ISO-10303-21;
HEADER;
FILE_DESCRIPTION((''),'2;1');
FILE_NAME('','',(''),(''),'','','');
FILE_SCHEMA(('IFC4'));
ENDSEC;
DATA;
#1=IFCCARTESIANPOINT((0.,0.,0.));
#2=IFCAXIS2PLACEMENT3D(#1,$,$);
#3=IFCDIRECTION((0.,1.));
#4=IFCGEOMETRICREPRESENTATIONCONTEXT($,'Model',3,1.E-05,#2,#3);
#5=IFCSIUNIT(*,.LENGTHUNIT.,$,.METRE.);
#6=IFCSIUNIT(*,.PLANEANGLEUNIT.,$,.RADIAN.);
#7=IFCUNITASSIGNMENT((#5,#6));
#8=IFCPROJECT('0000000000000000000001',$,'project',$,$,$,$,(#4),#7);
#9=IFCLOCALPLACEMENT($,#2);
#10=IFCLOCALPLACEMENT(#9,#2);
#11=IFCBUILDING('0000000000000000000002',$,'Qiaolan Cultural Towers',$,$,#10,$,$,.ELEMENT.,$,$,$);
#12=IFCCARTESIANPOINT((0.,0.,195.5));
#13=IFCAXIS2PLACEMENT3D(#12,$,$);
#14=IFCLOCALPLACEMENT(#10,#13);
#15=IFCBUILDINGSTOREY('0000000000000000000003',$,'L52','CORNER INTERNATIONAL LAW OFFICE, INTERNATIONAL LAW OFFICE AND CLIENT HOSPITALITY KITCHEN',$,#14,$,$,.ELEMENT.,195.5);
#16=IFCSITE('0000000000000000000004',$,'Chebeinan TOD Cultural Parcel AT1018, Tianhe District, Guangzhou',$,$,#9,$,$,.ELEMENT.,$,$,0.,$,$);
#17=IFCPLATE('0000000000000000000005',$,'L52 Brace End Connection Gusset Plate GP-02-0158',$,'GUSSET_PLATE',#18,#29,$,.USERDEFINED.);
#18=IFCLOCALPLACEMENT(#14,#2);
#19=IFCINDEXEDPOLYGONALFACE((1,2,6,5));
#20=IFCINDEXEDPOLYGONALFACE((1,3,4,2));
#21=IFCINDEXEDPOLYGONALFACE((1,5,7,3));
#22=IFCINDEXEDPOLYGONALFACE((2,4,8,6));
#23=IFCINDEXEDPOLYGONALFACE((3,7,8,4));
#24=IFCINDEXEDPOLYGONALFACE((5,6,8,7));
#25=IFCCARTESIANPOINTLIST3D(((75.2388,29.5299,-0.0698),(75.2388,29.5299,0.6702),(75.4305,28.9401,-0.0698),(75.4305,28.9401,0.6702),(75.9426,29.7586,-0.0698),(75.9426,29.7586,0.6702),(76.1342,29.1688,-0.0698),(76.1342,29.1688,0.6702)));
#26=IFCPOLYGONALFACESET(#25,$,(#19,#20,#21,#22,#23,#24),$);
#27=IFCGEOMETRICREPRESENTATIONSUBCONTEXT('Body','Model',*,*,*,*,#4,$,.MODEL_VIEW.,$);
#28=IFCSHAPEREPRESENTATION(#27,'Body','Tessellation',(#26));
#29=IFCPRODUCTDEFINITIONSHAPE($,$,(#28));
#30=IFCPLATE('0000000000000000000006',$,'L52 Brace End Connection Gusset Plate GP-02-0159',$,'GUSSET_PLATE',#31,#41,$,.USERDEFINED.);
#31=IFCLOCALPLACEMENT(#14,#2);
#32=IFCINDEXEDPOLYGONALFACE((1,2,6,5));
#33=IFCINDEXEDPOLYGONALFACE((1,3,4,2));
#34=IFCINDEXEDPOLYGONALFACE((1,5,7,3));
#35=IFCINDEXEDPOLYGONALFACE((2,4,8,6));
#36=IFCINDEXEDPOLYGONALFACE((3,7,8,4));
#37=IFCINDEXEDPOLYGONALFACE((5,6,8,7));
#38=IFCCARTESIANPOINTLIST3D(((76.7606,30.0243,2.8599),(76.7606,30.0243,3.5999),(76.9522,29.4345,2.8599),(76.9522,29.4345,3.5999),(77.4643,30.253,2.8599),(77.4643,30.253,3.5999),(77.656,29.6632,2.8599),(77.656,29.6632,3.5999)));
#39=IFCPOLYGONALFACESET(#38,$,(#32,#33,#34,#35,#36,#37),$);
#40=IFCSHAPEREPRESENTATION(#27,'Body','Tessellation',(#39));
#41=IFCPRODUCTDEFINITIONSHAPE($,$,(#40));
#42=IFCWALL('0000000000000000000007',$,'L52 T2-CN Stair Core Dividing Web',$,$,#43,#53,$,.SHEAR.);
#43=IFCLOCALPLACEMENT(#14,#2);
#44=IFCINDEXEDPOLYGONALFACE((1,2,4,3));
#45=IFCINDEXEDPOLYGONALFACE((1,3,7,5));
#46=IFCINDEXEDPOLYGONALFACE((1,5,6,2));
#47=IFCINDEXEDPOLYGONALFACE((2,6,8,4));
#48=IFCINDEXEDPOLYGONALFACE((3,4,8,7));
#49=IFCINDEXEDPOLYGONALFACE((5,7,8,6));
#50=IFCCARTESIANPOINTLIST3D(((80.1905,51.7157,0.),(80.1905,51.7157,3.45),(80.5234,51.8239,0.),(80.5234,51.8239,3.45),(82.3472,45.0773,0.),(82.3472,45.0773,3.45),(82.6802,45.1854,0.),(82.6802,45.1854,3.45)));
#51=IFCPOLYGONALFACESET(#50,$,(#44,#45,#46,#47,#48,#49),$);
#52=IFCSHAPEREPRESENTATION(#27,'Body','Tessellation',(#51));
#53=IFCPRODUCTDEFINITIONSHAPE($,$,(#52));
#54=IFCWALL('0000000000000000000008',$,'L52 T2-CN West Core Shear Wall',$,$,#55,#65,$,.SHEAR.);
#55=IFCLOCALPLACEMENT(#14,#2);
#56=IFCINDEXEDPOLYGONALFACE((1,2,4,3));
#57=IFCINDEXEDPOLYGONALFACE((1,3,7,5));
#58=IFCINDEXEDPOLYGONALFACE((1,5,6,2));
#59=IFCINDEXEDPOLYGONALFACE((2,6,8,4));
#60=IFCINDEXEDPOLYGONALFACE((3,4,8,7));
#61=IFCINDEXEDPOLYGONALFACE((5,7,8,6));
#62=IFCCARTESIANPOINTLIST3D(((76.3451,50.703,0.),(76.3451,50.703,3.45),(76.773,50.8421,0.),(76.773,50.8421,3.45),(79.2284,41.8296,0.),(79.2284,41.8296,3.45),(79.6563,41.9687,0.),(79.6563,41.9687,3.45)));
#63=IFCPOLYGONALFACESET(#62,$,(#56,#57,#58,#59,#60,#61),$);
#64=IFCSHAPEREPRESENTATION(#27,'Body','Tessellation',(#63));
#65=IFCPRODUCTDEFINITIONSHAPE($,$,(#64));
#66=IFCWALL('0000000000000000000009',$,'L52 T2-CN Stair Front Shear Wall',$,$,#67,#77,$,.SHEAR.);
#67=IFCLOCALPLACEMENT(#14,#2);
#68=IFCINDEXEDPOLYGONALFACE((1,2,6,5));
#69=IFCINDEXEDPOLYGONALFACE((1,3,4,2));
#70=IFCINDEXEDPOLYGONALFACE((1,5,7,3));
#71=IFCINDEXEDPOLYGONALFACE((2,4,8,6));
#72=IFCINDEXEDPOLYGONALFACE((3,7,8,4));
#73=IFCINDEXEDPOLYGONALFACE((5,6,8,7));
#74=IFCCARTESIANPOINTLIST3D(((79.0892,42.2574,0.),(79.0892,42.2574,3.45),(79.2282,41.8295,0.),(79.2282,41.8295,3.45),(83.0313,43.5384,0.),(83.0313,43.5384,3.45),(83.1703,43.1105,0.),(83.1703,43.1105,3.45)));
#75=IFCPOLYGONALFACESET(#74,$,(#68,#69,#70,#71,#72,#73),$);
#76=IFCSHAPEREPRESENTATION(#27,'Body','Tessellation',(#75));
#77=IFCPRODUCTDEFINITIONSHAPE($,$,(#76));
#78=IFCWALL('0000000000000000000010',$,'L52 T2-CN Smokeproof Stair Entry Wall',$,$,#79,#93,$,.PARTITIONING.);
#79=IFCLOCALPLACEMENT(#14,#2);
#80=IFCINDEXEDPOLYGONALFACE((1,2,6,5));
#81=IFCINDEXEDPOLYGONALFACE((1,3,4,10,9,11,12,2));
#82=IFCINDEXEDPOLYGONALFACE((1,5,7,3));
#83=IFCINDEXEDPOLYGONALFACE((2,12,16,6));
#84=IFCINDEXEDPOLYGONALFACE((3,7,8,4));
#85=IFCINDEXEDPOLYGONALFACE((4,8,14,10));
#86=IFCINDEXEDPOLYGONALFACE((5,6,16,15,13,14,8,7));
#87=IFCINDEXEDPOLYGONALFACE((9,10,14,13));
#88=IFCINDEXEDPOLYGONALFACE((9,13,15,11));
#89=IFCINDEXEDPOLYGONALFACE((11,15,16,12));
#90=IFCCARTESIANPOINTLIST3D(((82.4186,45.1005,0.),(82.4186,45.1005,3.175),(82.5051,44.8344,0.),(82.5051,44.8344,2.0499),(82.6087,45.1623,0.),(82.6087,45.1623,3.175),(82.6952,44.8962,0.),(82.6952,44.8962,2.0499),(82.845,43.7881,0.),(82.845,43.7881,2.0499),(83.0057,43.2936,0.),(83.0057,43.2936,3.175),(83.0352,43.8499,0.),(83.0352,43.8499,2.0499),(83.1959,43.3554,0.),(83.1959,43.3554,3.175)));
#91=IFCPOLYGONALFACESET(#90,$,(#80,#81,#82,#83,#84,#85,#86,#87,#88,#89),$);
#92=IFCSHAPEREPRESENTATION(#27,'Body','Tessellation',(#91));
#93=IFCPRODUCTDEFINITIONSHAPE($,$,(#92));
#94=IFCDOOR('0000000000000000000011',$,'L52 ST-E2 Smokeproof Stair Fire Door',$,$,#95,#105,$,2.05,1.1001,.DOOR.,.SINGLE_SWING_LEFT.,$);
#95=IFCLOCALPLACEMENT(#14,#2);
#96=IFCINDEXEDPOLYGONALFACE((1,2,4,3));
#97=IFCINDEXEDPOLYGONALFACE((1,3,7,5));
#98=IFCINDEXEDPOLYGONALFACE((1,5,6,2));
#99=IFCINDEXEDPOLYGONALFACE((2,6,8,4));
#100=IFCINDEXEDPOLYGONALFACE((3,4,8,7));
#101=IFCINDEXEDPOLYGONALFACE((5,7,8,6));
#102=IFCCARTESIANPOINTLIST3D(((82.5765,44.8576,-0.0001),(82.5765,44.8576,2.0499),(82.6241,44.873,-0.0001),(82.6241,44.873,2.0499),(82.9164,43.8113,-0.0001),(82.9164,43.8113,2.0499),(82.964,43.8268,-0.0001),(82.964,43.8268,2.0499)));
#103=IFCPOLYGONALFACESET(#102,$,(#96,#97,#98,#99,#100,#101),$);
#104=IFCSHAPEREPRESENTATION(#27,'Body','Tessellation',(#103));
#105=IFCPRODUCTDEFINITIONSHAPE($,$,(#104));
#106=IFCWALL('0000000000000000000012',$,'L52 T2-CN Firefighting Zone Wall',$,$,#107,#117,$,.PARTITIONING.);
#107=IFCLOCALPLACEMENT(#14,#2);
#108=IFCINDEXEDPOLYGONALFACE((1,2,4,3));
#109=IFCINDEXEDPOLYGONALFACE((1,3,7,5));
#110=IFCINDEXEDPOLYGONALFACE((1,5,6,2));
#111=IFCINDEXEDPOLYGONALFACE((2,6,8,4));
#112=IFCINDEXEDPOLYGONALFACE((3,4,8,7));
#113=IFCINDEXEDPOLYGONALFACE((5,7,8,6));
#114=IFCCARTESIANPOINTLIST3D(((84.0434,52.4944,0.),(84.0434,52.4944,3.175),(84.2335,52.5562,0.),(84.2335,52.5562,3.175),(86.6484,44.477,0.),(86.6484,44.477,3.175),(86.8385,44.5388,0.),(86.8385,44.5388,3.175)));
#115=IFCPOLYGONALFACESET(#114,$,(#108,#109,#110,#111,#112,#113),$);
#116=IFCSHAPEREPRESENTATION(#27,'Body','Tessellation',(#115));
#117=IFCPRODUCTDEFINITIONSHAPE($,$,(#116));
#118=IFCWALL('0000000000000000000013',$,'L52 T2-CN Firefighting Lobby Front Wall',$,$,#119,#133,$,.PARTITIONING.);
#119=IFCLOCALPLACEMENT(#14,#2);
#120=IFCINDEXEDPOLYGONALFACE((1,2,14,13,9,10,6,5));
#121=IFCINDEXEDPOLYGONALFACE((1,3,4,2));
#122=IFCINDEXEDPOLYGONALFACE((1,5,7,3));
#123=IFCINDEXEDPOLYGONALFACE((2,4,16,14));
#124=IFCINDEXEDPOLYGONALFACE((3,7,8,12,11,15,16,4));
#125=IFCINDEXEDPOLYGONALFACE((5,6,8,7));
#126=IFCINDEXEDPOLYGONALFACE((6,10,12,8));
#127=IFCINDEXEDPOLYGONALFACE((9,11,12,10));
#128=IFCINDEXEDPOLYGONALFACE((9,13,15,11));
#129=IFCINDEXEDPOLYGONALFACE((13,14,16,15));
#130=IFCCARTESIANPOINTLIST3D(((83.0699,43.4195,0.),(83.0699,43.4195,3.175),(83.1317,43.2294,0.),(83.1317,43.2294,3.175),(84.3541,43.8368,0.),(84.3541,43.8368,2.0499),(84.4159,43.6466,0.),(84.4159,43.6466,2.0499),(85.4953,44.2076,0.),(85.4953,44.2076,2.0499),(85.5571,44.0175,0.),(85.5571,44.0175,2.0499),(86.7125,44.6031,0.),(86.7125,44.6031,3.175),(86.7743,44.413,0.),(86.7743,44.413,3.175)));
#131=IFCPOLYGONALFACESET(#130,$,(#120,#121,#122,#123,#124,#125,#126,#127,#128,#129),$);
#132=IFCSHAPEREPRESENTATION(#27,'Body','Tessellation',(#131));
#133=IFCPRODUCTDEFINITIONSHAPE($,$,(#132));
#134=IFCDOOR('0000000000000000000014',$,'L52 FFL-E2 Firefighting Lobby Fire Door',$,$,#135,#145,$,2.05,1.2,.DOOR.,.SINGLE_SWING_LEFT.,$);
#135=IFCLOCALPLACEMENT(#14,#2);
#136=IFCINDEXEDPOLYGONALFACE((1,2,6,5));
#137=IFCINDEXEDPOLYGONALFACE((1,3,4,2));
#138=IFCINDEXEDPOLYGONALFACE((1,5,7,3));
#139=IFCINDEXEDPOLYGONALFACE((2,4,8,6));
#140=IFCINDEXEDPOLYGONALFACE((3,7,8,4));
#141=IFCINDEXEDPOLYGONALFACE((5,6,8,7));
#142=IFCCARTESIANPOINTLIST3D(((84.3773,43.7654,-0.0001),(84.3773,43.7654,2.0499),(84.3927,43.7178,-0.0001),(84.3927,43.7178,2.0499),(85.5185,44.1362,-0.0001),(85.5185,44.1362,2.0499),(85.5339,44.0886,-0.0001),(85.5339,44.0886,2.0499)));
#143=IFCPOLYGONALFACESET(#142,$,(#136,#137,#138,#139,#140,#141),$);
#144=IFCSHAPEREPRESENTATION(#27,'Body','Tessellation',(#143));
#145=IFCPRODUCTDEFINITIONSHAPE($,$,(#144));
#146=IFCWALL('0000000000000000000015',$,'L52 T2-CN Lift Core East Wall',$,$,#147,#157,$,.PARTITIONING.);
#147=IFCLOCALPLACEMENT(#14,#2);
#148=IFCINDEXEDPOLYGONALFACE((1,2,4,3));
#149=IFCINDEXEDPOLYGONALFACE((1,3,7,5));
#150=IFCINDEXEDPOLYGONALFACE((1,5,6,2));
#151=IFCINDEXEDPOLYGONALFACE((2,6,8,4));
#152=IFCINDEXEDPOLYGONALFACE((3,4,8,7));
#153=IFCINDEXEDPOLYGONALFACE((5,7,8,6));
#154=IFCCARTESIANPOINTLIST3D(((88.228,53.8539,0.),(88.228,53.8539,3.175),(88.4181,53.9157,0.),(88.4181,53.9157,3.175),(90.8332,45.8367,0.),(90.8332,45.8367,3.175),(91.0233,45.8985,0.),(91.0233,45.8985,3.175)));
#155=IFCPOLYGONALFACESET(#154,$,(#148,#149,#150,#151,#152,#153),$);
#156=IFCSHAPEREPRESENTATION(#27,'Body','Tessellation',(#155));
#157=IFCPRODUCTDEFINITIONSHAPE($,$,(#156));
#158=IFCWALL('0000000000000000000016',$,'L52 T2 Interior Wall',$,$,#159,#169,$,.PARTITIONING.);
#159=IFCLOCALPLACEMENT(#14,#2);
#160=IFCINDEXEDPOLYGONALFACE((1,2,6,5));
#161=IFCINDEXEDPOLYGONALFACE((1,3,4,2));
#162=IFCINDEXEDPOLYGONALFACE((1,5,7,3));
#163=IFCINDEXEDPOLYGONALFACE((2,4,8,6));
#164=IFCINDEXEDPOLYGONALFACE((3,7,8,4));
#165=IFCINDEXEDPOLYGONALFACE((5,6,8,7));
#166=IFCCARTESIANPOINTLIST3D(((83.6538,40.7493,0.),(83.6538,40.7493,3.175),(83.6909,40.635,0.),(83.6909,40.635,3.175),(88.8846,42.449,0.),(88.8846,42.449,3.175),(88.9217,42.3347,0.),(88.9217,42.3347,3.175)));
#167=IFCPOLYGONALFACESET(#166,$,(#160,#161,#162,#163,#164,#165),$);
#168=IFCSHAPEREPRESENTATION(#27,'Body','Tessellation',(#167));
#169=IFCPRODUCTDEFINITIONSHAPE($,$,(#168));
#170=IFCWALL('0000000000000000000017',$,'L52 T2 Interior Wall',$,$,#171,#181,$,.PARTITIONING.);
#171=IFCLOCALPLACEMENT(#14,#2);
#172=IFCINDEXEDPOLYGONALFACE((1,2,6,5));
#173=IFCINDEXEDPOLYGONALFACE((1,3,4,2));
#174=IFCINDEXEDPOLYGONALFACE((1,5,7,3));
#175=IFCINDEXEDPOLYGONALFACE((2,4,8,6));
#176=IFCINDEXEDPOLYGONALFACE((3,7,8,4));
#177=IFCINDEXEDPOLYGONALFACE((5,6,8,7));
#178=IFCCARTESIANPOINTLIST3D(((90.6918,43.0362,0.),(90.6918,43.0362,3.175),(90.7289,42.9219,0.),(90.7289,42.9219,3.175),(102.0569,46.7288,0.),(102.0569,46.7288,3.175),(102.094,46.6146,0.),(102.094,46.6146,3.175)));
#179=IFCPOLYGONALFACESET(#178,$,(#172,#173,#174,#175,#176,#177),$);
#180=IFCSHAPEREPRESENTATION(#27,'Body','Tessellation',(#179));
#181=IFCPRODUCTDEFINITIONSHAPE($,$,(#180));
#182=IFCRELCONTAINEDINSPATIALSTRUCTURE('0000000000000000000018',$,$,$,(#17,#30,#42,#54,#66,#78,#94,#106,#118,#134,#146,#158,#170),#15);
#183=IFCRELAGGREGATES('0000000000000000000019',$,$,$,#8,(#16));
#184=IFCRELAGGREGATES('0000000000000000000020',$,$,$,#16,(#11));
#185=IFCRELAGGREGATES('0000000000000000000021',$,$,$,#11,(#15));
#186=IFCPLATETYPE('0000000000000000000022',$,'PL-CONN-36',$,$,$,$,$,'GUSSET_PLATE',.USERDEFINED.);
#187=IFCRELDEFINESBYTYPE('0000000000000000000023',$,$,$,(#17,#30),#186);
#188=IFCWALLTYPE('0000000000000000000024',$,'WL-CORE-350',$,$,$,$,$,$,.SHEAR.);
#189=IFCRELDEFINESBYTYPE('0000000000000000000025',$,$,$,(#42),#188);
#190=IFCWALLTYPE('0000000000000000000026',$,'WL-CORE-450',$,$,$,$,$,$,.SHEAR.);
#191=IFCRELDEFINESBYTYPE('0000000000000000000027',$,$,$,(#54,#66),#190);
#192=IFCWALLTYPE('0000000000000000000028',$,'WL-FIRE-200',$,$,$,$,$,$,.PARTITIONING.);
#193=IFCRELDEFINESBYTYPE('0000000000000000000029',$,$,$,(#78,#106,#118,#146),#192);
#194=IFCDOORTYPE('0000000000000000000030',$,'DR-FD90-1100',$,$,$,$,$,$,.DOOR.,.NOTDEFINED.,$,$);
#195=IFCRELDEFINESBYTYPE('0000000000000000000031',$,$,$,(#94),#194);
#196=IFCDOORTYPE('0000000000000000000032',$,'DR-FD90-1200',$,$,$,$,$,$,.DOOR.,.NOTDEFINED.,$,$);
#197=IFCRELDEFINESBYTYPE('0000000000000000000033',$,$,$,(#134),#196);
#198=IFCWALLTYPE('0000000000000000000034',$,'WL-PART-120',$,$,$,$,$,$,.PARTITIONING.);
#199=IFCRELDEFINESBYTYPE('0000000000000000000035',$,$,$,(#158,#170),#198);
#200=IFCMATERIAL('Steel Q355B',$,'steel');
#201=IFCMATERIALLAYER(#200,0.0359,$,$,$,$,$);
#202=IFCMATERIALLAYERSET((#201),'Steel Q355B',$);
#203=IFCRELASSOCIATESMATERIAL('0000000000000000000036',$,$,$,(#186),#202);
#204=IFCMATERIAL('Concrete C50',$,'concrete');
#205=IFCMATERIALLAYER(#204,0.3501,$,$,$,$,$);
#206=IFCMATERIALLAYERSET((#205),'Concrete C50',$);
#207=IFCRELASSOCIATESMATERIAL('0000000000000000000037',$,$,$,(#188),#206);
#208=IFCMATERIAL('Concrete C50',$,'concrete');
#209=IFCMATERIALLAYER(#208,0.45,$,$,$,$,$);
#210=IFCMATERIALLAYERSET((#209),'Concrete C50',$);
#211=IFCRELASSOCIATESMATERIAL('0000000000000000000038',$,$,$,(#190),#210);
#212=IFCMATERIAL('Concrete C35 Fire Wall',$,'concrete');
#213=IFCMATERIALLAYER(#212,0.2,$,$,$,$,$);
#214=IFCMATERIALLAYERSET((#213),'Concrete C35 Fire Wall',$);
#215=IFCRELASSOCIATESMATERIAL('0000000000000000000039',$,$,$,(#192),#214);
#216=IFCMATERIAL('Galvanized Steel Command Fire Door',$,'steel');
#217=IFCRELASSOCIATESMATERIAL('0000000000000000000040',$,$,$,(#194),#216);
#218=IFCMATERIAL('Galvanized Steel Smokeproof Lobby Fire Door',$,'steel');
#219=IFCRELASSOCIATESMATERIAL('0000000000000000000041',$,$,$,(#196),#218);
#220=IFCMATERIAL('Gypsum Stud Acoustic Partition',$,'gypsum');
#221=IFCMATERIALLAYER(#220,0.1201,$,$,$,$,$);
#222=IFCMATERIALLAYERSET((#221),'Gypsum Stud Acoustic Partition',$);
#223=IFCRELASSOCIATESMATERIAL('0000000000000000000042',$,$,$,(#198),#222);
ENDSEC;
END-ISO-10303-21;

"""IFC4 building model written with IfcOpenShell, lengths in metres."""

from ifc_helpers import new_model, si_unit, direction, frame, frame_2d, origin, origin_2d, place, context, subcontext, project, spatial, rectangle, extrude, material, layer, layer_set, type_object, element, fill, save


model = new_model("IFC4")

# Units and contexts
model_context = context("Model", 3, precision=1e-05, world=origin(), true_north=direction((0.0, 1.0)))
body_context = subcontext(model_context, "Body", "Model", "MODEL_VIEW")
ifc_project = project(units=[si_unit("LENGTHUNIT", "METRE"), si_unit("PLANEANGLEUNIT", "RADIAN")], contexts=[model_context])

# Site, building, storey
site_placement = place(None, origin())
site = spatial("IfcSite", under=ifc_project, at=site_placement, Name="Chebeinan TOD Cultural Parcel AT1018, Tianhe District, Guangzhou", CompositionType="ELEMENT", RefElevation=0.0)
building_placement = place(site_placement, origin())
building = spatial("IfcBuilding", under=site, at=building_placement, Name="Qiaolan Cultural Towers", CompositionType="ELEMENT")
storey_placement = place(building_placement, frame((0.0, 0.0, 195.5)))
storey = spatial("IfcBuildingStorey", under=building, at=storey_placement, Name="L52", Description="CORNER INTERNATIONAL LAW OFFICE, INTERNATIONAL LAW OFFICE AND CLIENT HOSPITALITY KITCHEN", CompositionType="ELEMENT", Elevation=195.5)

# Plates
ifc_material_1 = material(Name="Steel Q355B", Category="steel")
ifc_layer_1 = layer(ifc_material_1, 0.0359)
ifc_layer_set_1 = layer_set([ifc_layer_1], Name="Steel Q355B")
plate_type = type_object("IfcPlateType", Name="PL-CONN-36", ElementType="GUSSET_PLATE", PredefinedType="USERDEFINED", material=ifc_layer_set_1)
for number, where, z_axis, x_axis, name in (
    (1, (75.6865, 29.3494, -0.0698), (0.0, 0.0, 1.0), (0.951057, 0.309017, 0.0), "L52 Brace End Connection Gusset Plate GP-02-0158"),
    (2, (77.2083, 29.8438, 2.8599), (0.0, 0.0, 1.0), (0.951057, 0.309017, 0.0), "L52 Brace End Connection Gusset Plate GP-02-0159"),
):
    element("IfcPlate", number, at=place(storey_placement, frame(where, z_axis=z_axis, x_axis=x_axis)), inside=storey, type_object=plate_type, Name=name, ObjectType="GUSSET_PLATE", PredefinedType="USERDEFINED", context=body_context, shape_type="SweptSolid", body=[
        extrude(rectangle(XDim=0.74, YDim=0.6201, at=origin_2d()), origin(), (0.0, 0.0, 1.0), 0.74),
    ])

# Walls
ifc_material_2 = material(Name="Concrete C50", Category="concrete")
ifc_layer_2 = layer(ifc_material_2, 0.3501)
ifc_layer_set_2 = layer_set([ifc_layer_2], Name="Concrete C50")
wall_type_1 = type_object("IfcWallType", Name="WL-CORE-350", PredefinedType="SHEAR", material=ifc_layer_set_2)
wall_1_placement = place(storey_placement, frame((82.5137, 45.1313, 0.0), z_axis=(0.0, 0.0, 1.0), x_axis=(-0.308989, 0.951066, 0.0)))
element("IfcWall", 3, at=wall_1_placement, inside=storey, type_object=wall_type_1, Name="L52 T2-CN Stair Core Dividing Web", PredefinedType="SHEAR", context=body_context, shape_type="SweptSolid", body=[
    extrude(rectangle(XDim=6.98, YDim=0.3501, at=frame_2d((3.49, 0.0))), origin(), (0.0, 0.0, 1.0), 3.45),
])
ifc_material_3 = material(Name="Concrete C50", Category="concrete")
ifc_layer_3 = layer(ifc_material_3, 0.45)
ifc_layer_set_3 = layer_set([ifc_layer_3], Name="Concrete C50")
wall_type_2 = type_object("IfcWallType", Name="WL-CORE-450", PredefinedType="SHEAR", material=ifc_layer_set_3)
wall_2_placement = place(storey_placement, frame((79.4424, 41.8992, 0.0), z_axis=(0.0, 0.0, 1.0), x_axis=(-0.309036, 0.95105, 0.0)))
element("IfcWall", 4, at=wall_2_placement, inside=storey, type_object=wall_type_2, Name="L52 T2-CN West Core Shear Wall", PredefinedType="SHEAR", context=body_context, shape_type="SweptSolid", body=[
    extrude(rectangle(XDim=9.3301, YDim=0.45, at=frame_2d((4.665, 0.0))), origin(), (0.0, 0.0, 1.0), 3.45),
])
wall_3_placement = place(storey_placement, frame((79.1587, 42.0435, 0.0), z_axis=(0.0, 0.0, 1.0), x_axis=(0.951047, 0.309045, 0.0)))
element("IfcWall", 5, at=wall_3_placement, inside=storey, type_object=wall_type_2, Name="L52 T2-CN Stair Front Shear Wall", PredefinedType="SHEAR", context=body_context, shape_type="SweptSolid", body=[
    extrude(rectangle(XDim=4.145, YDim=0.45, at=frame_2d((2.0725, 0.0))), origin(), (0.0, 0.0, 1.0), 3.45),
])

# Wall, opening, door
ifc_material_4 = material(Name="Concrete C35 Fire Wall", Category="concrete")
ifc_layer_4 = layer(ifc_material_4, 0.2)
ifc_layer_set_4 = layer_set([ifc_layer_4], Name="Concrete C35 Fire Wall")
wall_type_3 = type_object("IfcWallType", Name="WL-FIRE-200", PredefinedType="PARTITIONING", material=ifc_layer_set_4)
wall_4_placement = place(storey_placement, frame((83.1008, 43.3245, 0.0), z_axis=(0.0, 0.0, 1.0), x_axis=(-0.309048, 0.951046, 0.0)))
wall_4 = element("IfcWall", 6, at=wall_4_placement, inside=storey, type_object=wall_type_3, Name="L52 T2-CN Smokeproof Stair Entry Wall", PredefinedType="PARTITIONING", context=body_context, shape_type="SweptSolid", body=[
    extrude(rectangle(XDim=1.8999, YDim=0.2, at=frame_2d((0.95, 0.0))), origin(), (0.0, 0.0, 1.0), 3.175),
])
opening_1_placement = place(wall_4_placement, frame((0.52, 0.0, 0.0)))
opening_1 = element("IfcOpeningElement", 7, at=opening_1_placement, cuts=wall_4, PredefinedType="OPENING", context=body_context, shape_type="SweptSolid", body=[
    extrude(rectangle(XDim=1.1001, YDim=2.05, at=frame_2d((0.55, 1.0249))), frame((0.0, 0.1099, 0.0), z_axis=(0.0, -1.0, 0.0), x_axis=(1.0, 0.0, 0.0)), (0.0, 0.0, 1.0), 0.22),
])
ifc_material_5 = material(Name="Galvanized Steel Command Fire Door", Category="steel")
door_type_1 = type_object("IfcDoorType", Name="DR-FD90-1100", OperationType="NOTDEFINED", PredefinedType="DOOR", material=ifc_material_5)
door_1_placement = place(opening_1_placement, origin())
door_1 = element("IfcDoor", 8, at=door_1_placement, inside=storey, type_object=door_type_1, Name="L52 ST-E2 Smokeproof Stair Fire Door", OperationType="SINGLE_SWING_LEFT", OverallHeight=2.05, OverallWidth=1.1001, PredefinedType="DOOR", context=body_context, shape_type="SweptSolid", body=[
    extrude(rectangle(XDim=1.1001, YDim=2.05, at=frame_2d((0.55, 1.0249))), frame((0.0, 0.0249, 0.0), z_axis=(0.0, -1.0, 0.0), x_axis=(1.0, 0.0, 0.0)), (0.0, 0.0, 1.0), 0.05),
])
fill(opening_1, door_1)

# Wall
wall_5_placement = place(storey_placement, frame((86.7434, 44.5081, 0.0), z_axis=(0.0, 0.0, 1.0), x_axis=(-0.309016, 0.951057, 0.0)))
element("IfcWall", 9, at=wall_5_placement, inside=storey, type_object=wall_type_3, Name="L52 T2-CN Firefighting Zone Wall", PredefinedType="PARTITIONING", context=body_context, shape_type="SweptSolid", body=[
    extrude(rectangle(XDim=8.4299, YDim=0.2, at=frame_2d((4.2148, 0.0))), origin(), (0.0, 0.0, 1.0), 3.175),
])

# Wall, opening, door
wall_6_placement = place(storey_placement, frame((83.1008, 43.3245, 0.0), z_axis=(0.0, 0.0, 1.0), x_axis=(0.951053, 0.309028, 0.0)))
wall_6 = element("IfcWall", 10, at=wall_6_placement, inside=storey, type_object=wall_type_3, Name="L52 T2-CN Firefighting Lobby Front Wall", PredefinedType="PARTITIONING", context=body_context, shape_type="SweptSolid", body=[
    extrude(rectangle(XDim=3.8301, YDim=0.2, at=frame_2d((1.915, 0.0))), origin(), (0.0, 0.0, 1.0), 3.175),
])
opening_2_placement = place(wall_6_placement, frame((1.3501, 0.0, 0.0)))
opening_2 = element("IfcOpeningElement", 11, at=opening_2_placement, cuts=wall_6, PredefinedType="OPENING", context=body_context, shape_type="SweptSolid", body=[
    extrude(rectangle(XDim=1.2, YDim=2.05, at=frame_2d((0.6001, 1.0249))), frame((0.0, 0.1099, 0.0), z_axis=(0.0, -1.0, 0.0), x_axis=(1.0, 0.0, 0.0)), (0.0, 0.0, 1.0), 0.22),
])
ifc_material_6 = material(Name="Galvanized Steel Smokeproof Lobby Fire Door", Category="steel")
door_type_2 = type_object("IfcDoorType", Name="DR-FD90-1200", OperationType="NOTDEFINED", PredefinedType="DOOR", material=ifc_material_6)
door_2_placement = place(opening_2_placement, origin())
door_2 = element("IfcDoor", 12, at=door_2_placement, inside=storey, type_object=door_type_2, Name="L52 FFL-E2 Firefighting Lobby Fire Door", OperationType="SINGLE_SWING_LEFT", OverallHeight=2.05, OverallWidth=1.2, PredefinedType="DOOR", context=body_context, shape_type="SweptSolid", body=[
    extrude(rectangle(XDim=1.2, YDim=2.05, at=frame_2d((0.6001, 1.0249))), frame((0.0, 0.0249, 0.0), z_axis=(0.0, -1.0, 0.0), x_axis=(1.0, 0.0, 0.0)), (0.0, 0.0, 1.0), 0.05),
])
fill(opening_2, door_2)

# Walls
wall_7_placement = place(storey_placement, frame((90.9282, 45.8677, 0.0), z_axis=(0.0, 0.0, 1.0), x_axis=(-0.309042, 0.951048, 0.0)))
element("IfcWall", 13, at=wall_7_placement, inside=storey, type_object=wall_type_3, Name="L52 T2-CN Lift Core East Wall", PredefinedType="PARTITIONING", context=body_context, shape_type="SweptSolid", body=[
    extrude(rectangle(XDim=8.4299, YDim=0.2, at=frame_2d((4.2148, 0.0))), origin(), (0.0, 0.0, 1.0), 3.175),
])
ifc_material_7 = material(Name="Gypsum Stud Acoustic Partition", Category="gypsum")
ifc_layer_5 = layer(ifc_material_7, 0.1201)
ifc_layer_set_5 = layer_set([ifc_layer_5], Name="Gypsum Stud Acoustic Partition")
wall_type_4 = type_object("IfcWallType", Name="WL-PART-120", PredefinedType="PARTITIONING", material=ifc_layer_set_5)
wall_8_placement = place(storey_placement, frame((83.6724, 40.6921, 0.0), z_axis=(0.0, 0.0, 1.0), x_axis=(0.951049, 0.309041, 0.0)))
element("IfcWall", 14, at=wall_8_placement, inside=storey, type_object=wall_type_4, Name="L52 T2 Interior Wall", PredefinedType="PARTITIONING", context=body_context, shape_type="SweptSolid", body=[
    extrude(rectangle(XDim=5.5, YDim=0.1201, at=frame_2d((2.75, 0.0))), origin(), (0.0, 0.0, 1.0), 3.175),
])
wall_9_placement = place(storey_placement, frame((90.7102, 42.979, 0.0), z_axis=(0.0, 0.0, 1.0), x_axis=(0.951059, 0.309011, 0.0)))
element("IfcWall", 15, at=wall_9_placement, inside=storey, type_object=wall_type_4, Name="L52 T2 Interior Wall", PredefinedType="PARTITIONING", context=body_context, shape_type="SweptSolid", body=[
    extrude(rectangle(XDim=11.95, YDim=0.1201, at=frame_2d((5.9751, 0.0))), origin(), (0.0, 0.0, 1.0), 3.175),
])

save(model, "model.ifc")
